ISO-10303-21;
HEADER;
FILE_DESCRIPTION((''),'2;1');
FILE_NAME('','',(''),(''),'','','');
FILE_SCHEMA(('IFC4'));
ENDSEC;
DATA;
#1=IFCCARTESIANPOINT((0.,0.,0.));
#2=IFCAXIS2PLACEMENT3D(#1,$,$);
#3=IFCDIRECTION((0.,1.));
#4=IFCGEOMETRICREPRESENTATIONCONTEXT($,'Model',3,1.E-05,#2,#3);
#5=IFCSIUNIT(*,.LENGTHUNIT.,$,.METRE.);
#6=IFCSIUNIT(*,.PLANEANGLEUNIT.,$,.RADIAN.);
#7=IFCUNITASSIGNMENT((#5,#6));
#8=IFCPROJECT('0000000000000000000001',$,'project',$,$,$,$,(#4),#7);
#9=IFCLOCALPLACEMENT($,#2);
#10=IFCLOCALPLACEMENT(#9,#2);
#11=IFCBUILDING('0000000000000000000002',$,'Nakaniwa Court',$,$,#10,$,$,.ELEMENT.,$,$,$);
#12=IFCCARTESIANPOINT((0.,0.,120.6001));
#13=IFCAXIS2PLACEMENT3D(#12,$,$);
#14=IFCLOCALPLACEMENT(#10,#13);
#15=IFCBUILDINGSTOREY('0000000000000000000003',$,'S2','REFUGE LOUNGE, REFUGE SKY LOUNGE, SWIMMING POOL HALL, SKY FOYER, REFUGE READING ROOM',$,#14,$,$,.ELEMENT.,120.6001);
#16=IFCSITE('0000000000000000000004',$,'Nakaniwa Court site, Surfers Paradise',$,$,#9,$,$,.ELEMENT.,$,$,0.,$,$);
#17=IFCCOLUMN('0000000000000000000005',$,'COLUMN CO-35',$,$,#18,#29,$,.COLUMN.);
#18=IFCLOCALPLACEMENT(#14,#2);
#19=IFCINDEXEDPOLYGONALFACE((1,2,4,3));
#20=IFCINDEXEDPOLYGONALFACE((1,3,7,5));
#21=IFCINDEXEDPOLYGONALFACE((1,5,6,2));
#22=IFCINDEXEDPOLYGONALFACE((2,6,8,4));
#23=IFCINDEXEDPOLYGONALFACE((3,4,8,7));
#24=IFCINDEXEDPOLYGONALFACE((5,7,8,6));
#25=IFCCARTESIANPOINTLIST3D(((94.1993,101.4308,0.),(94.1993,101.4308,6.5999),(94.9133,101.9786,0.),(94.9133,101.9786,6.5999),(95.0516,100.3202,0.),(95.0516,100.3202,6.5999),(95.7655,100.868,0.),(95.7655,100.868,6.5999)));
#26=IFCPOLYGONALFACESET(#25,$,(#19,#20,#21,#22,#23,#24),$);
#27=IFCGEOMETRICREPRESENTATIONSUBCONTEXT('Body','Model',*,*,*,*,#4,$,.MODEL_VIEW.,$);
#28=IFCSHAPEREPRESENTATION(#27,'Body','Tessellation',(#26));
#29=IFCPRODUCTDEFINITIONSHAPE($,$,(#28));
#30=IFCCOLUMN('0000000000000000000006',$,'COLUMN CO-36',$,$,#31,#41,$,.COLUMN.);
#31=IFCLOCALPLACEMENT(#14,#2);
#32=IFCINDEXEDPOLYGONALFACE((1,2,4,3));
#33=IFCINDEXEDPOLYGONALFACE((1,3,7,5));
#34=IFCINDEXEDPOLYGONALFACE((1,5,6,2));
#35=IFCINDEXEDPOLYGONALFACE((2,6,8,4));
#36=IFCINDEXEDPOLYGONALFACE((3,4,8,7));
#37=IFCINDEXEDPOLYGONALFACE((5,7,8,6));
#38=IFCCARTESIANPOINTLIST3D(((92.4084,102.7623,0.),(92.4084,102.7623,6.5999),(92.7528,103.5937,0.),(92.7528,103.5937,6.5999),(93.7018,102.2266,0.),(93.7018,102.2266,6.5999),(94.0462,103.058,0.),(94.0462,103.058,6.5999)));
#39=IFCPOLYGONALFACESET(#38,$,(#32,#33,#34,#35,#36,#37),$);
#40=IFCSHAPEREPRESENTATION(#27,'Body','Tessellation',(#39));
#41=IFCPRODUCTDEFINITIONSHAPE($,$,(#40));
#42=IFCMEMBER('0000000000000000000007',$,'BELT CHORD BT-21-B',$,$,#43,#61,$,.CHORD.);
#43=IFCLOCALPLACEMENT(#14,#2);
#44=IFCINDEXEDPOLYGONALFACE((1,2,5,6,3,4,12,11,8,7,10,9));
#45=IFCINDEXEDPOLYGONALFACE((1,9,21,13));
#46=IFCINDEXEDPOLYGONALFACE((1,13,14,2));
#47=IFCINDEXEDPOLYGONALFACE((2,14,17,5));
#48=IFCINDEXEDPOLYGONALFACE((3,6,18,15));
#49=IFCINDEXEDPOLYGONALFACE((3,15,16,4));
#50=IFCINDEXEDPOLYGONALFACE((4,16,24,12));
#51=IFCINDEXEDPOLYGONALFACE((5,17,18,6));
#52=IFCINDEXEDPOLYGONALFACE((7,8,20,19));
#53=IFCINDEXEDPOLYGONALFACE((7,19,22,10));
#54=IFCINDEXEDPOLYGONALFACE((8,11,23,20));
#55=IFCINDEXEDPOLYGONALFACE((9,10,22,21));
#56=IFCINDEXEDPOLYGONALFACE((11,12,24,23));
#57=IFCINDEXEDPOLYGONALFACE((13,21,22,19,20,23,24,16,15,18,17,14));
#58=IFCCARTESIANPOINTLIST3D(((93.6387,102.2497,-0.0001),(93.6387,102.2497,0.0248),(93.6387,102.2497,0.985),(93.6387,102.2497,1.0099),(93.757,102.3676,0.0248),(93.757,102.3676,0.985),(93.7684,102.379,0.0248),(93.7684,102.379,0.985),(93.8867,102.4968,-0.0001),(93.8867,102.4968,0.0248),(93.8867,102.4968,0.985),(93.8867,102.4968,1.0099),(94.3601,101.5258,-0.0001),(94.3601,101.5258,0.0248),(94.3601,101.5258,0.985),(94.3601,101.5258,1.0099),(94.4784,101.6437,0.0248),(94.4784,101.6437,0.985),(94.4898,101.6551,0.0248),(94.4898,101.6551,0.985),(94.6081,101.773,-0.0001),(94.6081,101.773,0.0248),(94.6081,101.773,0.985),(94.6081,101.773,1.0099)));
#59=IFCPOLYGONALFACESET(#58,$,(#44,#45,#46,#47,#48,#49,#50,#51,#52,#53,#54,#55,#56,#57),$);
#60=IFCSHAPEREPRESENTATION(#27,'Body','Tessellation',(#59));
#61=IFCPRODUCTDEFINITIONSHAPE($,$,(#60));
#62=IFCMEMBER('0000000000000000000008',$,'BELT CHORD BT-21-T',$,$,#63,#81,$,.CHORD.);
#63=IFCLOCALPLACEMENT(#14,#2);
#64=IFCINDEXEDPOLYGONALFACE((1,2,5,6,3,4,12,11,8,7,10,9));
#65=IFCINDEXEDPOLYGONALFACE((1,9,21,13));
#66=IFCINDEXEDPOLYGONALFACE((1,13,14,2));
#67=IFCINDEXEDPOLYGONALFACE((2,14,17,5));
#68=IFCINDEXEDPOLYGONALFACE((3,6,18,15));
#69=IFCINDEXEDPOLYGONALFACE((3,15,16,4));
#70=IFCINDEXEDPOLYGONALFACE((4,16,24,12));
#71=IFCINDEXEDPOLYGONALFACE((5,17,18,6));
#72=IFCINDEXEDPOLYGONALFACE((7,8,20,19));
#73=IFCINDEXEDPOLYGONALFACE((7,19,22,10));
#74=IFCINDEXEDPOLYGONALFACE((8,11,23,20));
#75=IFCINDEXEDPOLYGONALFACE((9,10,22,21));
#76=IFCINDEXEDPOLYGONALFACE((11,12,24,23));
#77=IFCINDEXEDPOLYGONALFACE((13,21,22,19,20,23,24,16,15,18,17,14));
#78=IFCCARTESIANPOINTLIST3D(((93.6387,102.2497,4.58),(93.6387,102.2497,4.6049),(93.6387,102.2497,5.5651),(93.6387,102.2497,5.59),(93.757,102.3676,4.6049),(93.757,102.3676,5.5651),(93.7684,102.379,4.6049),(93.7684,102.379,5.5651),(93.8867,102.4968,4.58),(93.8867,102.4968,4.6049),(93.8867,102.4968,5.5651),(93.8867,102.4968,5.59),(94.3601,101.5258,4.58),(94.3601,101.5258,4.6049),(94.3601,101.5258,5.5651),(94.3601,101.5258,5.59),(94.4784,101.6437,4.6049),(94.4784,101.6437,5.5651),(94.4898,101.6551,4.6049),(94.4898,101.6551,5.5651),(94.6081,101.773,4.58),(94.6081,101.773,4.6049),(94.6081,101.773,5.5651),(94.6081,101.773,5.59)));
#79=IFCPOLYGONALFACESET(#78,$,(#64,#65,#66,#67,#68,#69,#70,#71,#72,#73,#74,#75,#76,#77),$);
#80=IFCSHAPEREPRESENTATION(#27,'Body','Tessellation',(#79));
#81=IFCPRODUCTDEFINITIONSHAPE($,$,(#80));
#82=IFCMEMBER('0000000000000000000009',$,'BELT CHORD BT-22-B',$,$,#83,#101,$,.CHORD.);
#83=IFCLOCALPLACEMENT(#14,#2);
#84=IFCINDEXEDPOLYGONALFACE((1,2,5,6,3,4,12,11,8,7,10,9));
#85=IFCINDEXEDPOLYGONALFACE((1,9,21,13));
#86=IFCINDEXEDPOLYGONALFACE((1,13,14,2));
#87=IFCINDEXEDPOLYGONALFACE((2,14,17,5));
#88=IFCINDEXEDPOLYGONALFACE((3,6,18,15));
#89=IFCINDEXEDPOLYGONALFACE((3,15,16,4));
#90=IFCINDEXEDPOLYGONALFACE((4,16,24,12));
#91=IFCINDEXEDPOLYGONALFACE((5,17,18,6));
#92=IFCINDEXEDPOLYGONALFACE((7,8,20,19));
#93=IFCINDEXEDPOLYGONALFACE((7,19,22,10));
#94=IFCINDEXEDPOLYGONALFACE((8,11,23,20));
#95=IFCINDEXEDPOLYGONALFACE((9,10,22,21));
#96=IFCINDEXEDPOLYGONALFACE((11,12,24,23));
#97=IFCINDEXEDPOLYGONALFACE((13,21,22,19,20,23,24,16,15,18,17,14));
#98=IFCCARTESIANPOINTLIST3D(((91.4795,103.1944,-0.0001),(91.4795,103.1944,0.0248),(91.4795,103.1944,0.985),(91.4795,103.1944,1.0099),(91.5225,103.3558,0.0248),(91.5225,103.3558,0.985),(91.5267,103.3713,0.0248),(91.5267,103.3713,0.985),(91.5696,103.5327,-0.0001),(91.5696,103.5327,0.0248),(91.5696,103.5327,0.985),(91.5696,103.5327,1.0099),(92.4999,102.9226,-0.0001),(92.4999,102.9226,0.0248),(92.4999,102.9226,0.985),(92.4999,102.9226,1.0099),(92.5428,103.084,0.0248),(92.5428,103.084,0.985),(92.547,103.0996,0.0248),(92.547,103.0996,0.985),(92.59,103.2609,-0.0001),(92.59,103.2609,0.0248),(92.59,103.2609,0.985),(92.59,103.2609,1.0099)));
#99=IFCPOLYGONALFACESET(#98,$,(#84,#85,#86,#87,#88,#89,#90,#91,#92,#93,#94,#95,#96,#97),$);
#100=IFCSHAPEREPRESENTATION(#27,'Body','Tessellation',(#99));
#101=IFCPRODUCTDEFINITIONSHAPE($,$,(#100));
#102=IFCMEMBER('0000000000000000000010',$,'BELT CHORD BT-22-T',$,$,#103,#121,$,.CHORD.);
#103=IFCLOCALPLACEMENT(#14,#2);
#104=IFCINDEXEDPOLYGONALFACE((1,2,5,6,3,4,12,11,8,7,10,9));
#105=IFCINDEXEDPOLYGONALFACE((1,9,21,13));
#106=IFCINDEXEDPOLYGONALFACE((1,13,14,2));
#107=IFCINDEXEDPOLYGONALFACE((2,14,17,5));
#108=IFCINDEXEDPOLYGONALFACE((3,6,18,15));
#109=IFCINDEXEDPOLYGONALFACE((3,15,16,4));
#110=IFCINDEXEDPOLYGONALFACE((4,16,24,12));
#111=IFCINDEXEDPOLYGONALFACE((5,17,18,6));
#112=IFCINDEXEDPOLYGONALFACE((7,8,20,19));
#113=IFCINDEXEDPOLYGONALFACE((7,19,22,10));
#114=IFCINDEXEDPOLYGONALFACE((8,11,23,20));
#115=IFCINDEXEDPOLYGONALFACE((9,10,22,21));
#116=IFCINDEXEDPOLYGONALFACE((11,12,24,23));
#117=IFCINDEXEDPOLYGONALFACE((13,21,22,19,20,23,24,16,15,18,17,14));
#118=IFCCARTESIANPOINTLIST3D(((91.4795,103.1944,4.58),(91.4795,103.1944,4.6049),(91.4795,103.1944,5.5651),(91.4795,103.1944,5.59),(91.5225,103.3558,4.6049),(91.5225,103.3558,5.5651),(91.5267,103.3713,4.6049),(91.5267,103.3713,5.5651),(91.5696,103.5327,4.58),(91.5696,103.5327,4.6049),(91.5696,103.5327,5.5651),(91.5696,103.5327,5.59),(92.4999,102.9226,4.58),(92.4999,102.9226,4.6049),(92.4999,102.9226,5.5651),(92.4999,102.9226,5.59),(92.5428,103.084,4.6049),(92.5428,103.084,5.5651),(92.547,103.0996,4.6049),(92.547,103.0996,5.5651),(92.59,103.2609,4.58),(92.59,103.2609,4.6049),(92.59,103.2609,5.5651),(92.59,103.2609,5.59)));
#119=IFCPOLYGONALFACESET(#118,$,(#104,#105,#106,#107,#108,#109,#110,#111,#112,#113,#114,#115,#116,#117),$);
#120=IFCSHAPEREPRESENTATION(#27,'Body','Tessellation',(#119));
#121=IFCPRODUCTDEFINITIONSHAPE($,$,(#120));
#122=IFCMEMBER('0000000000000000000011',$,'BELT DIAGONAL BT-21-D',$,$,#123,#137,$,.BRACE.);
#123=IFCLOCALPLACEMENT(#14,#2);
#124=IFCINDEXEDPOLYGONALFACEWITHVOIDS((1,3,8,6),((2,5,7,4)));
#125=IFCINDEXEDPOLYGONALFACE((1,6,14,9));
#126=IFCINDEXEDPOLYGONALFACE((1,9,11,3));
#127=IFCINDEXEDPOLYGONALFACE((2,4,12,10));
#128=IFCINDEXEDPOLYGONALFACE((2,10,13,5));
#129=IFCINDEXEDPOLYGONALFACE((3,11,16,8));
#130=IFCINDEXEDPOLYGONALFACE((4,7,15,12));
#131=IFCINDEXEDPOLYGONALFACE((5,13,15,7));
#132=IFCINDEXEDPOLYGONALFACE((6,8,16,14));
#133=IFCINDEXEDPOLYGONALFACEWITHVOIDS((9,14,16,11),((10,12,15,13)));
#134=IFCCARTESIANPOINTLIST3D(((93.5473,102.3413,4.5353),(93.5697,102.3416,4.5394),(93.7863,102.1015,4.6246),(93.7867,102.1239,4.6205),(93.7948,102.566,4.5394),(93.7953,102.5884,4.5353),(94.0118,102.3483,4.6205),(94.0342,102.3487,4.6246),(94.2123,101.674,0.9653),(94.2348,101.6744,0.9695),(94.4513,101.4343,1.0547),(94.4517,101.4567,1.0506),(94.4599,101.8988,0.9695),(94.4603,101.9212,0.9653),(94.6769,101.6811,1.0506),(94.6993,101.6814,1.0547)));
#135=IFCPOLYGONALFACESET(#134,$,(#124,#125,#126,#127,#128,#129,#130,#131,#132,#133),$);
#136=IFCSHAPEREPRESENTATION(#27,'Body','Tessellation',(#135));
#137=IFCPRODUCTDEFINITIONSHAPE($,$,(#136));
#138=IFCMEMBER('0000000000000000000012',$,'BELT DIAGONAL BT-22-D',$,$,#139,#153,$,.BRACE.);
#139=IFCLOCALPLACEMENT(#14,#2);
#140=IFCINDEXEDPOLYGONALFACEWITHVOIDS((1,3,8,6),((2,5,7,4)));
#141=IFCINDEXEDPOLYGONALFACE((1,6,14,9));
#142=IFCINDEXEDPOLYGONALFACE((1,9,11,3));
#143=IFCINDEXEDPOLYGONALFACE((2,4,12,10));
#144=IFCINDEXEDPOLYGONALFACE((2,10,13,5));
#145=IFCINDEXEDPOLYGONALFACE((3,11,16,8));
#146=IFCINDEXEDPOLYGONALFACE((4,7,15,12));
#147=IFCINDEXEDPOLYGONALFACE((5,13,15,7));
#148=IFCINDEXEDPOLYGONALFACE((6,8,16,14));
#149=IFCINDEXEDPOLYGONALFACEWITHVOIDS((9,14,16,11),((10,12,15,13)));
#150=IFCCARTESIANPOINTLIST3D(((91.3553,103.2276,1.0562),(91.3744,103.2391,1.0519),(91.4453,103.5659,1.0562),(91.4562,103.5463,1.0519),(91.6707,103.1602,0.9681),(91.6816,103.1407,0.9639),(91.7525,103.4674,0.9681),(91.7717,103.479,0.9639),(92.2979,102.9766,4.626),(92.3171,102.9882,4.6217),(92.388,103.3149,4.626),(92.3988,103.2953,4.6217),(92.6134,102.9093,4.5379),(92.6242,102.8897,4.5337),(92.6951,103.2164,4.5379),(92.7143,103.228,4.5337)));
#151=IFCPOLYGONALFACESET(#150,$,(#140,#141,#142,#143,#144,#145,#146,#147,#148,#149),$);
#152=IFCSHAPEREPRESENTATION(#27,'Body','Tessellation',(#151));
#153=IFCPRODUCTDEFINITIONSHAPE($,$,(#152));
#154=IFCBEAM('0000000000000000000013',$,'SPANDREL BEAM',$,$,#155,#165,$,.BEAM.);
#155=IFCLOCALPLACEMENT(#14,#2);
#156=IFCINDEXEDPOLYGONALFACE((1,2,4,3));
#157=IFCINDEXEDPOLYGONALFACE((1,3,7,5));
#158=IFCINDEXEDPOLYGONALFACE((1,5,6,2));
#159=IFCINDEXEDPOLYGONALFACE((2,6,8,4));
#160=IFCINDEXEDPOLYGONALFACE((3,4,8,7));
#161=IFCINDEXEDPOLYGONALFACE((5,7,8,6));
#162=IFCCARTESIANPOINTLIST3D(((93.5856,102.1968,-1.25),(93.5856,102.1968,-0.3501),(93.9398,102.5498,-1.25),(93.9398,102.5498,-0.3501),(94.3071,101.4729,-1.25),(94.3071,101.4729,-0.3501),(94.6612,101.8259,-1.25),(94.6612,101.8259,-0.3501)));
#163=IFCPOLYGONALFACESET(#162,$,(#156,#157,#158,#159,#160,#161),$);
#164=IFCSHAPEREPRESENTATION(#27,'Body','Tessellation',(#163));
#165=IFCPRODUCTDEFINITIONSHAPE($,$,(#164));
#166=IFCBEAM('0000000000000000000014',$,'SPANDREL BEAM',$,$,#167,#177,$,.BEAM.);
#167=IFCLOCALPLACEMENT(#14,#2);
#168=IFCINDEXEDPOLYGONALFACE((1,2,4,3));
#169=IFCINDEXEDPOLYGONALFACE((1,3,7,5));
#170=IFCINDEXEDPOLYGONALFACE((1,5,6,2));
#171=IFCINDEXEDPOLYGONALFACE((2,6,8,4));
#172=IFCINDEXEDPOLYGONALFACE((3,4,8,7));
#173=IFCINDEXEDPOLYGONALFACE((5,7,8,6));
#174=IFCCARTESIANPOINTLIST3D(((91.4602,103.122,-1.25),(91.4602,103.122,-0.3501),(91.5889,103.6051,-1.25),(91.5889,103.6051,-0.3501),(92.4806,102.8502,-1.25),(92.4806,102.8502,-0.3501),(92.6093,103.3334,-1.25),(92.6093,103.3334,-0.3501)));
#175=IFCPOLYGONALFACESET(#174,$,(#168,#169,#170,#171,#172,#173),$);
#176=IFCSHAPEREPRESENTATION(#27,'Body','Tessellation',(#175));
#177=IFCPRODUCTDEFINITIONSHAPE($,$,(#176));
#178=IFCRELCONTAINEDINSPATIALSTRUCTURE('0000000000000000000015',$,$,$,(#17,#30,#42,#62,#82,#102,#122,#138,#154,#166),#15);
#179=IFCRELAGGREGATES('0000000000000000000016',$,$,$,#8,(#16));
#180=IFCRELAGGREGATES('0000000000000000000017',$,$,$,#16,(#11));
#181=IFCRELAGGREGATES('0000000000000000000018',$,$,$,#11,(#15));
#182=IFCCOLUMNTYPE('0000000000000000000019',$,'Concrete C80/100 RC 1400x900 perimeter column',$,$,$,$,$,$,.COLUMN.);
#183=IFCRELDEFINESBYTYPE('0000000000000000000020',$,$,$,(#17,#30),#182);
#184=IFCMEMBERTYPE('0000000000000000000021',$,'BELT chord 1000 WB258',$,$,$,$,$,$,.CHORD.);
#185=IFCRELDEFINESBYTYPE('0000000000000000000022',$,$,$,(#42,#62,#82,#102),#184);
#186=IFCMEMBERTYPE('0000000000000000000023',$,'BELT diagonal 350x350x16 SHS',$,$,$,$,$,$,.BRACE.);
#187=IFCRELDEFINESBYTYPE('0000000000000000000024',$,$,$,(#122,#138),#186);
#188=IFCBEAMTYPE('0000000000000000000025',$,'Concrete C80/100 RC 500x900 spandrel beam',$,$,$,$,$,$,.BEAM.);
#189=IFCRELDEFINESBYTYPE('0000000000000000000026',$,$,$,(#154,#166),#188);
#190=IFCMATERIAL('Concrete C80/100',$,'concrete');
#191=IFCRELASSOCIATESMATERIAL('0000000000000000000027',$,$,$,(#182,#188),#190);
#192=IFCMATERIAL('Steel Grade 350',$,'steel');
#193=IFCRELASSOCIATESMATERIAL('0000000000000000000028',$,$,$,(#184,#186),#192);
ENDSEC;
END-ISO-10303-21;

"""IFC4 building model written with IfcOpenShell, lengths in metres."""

from ifc_helpers import new_model, si_unit, direction, frame, origin, origin_2d, place, context, subcontext, project, spatial, rectangle, hollow_rectangle, i_section, extrude, material, material_profile, profile_set, type_object, element, save


model = new_model("IFC4")

# Units and contexts
model_context = context("Model", 3, precision=1e-05, world=origin(), true_north=direction((0.0, 1.0)))
body_context = subcontext(model_context, "Body", "Model", "MODEL_VIEW")
ifc_project = project(units=[si_unit("LENGTHUNIT", "METRE"), si_unit("PLANEANGLEUNIT", "RADIAN")], contexts=[model_context])

# Site, building, storey
site_placement = place(None, origin())
site = spatial("IfcSite", under=ifc_project, at=site_placement, Name="Nakaniwa Court site, Surfers Paradise", CompositionType="ELEMENT", RefElevation=0.0)
building_placement = place(site_placement, origin())
building = spatial("IfcBuilding", under=site, at=building_placement, Name="Nakaniwa Court", CompositionType="ELEMENT")
storey_placement = place(building_placement, frame((0.0, 0.0, 120.6001)))
storey = spatial("IfcBuildingStorey", under=building, at=storey_placement, Name="S2", Description="REFUGE LOUNGE, REFUGE SKY LOUNGE, SWIMMING POOL HALL, SKY FOYER, REFUGE READING ROOM", CompositionType="ELEMENT", Elevation=120.6001)

# Columns
ifc_material_1 = material(Name="Concrete C80/100", Category="concrete")
ifc_material_profile_1 = material_profile(ifc_material_1, rectangle(XDim=1.3999, YDim=0.8999, at=origin_2d()), Name="Concrete C80/100 RC 1400x900 perimeter column")
ifc_profile_set_1 = profile_set([ifc_material_profile_1], Name="Concrete C80/100")
column_type = type_object("IfcColumnType", Name="Concrete C80/100 RC 1400x900 perimeter column", PredefinedType="COLUMN", material=ifc_profile_set_1)
for number, where, z_axis, x_axis, name in (
    (1, (94.9824, 101.1494, 0.0), (0.0, 0.0, 1.0), (-0.608761, 0.793353, 0.0), "COLUMN CO-35"),
    (2, (93.2273, 102.9102, 0.0), (0.0, 0.0, 1.0), (-0.92388, 0.382683, 0.0), "COLUMN CO-36"),
):
    element("IfcColumn", number, at=place(storey_placement, frame(where, z_axis=z_axis, x_axis=x_axis)), inside=storey, type_object=column_type, Name=name, PredefinedType="COLUMN", context=body_context, shape_type="SweptSolid", body=[
        extrude(rectangle(XDim=1.3999, YDim=0.8999, at=origin_2d()), origin(), (0.0, 0.0, 1.0), 6.5999),
    ])

# Members
ifc_material_2 = material(Name="Steel Grade 350", Category="steel")
ifc_material_profile_2 = material_profile(ifc_material_2, i_section(OverallWidth=0.3501, OverallDepth=1.01, WebThickness=0.0161, FlangeThickness=0.0249, at=origin_2d()), Name="1000WB258")
ifc_profile_set_2 = profile_set([ifc_material_profile_2], Name="Steel Grade 350")
member_type_1 = type_object("IfcMemberType", Name="BELT chord 1000 WB258", PredefinedType="CHORD", material=ifc_profile_set_2)
for number, where, z_axis, x_axis, name in (
    (3, (94.4841, 101.6494, 0.5049), (-0.705911, 0.7083, 0.0), (-0.7083, -0.705911, 0.0), "BELT CHORD BT-21-B"),
    (4, (94.4841, 101.6494, 5.085), (-0.705911, 0.7083, 0.0), (-0.7083, -0.705911, 0.0), "BELT CHORD BT-21-T"),
):
    element("IfcMember", number, at=place(storey_placement, frame(where, z_axis=z_axis, x_axis=x_axis)), inside=storey, type_object=member_type_1, Name=name, PredefinedType="CHORD", context=body_context, shape_type="SweptSolid", body=[
        extrude(i_section(OverallWidth=0.3501, OverallDepth=1.01, WebThickness=0.0161, FlangeThickness=0.0249, at=origin_2d()), origin(), (0.0, 0.0, 1.0), 1.022),
    ])
for number, where, z_axis, x_axis, name in (
    (5, (92.5449, 103.0918, 0.5049), (-0.966315, 0.25736, 0.0), (-0.25736, -0.966315, 0.0), "BELT CHORD BT-22-B"),
    (6, (92.5449, 103.0918, 5.085), (-0.966315, 0.25736, 0.0), (-0.25736, -0.966315, 0.0), "BELT CHORD BT-22-T"),
):
    element("IfcMember", number, at=place(storey_placement, frame(where, z_axis=z_axis, x_axis=x_axis)), inside=storey, type_object=member_type_1, Name=name, PredefinedType="CHORD", context=body_context, shape_type="SweptSolid", body=[
        extrude(i_section(OverallWidth=0.3501, OverallDepth=1.01, WebThickness=0.0161, FlangeThickness=0.0249, at=origin_2d()), origin(), (0.0, 0.0, 1.0), 1.0559),
    ])
ifc_material_profile_3 = material_profile(ifc_material_2, hollow_rectangle(XDim=0.3501, YDim=0.3501, WallThickness=0.0161, at=origin_2d()), Name="BELT diagonal 350x350x16 SHS")
ifc_profile_set_3 = profile_set([ifc_material_profile_3], Name="Steel Grade 350")
member_type_2 = type_object("IfcMemberType", Name="BELT diagonal 350x350x16 SHS", PredefinedType="BRACE", material=ifc_profile_set_3)
member_1_placement = place(storey_placement, frame((94.4558, 101.6777, 1.01), z_axis=(-0.180128, 0.180723, 0.966899), x_axis=(-0.708272, -0.70594, 0.0)))
element("IfcMember", 7, at=member_1_placement, inside=storey, type_object=member_type_2, Name="BELT DIAGONAL BT-21-D", PredefinedType="BRACE", context=body_context, shape_type="SweptSolid", body=[
    extrude(hollow_rectangle(XDim=0.3501, YDim=0.3501, WallThickness=0.0161, at=origin_2d()), origin(), (0.0, 0.0, 1.0), 3.6921),
])
member_2_placement = place(storey_placement, frame((92.5061, 103.1023, 4.5798), z_axis=(-0.254716, 0.067819, -0.964635), x_axis=(-0.257289, -0.966335, 0.0)))
element("IfcMember", 8, at=member_2_placement, inside=storey, type_object=member_type_2, Name="BELT DIAGONAL BT-22-D", PredefinedType="BRACE", context=body_context, shape_type="SweptSolid", body=[
    extrude(hollow_rectangle(XDim=0.3501, YDim=0.3501, WallThickness=0.0161, at=origin_2d()), origin(), (0.0, 0.0, 1.0), 3.7007),
])

# Beams
ifc_material_profile_4 = material_profile(ifc_material_1, rectangle(XDim=0.5, YDim=0.8999, at=origin_2d()), Name="Concrete C80/100 RC 500x900 spandrel beam")
ifc_profile_set_4 = profile_set([ifc_material_profile_4], Name="Concrete C80/100")
beam_type = type_object("IfcBeamType", Name="Concrete C80/100 RC 500x900 spandrel beam", PredefinedType="BEAM", material=ifc_profile_set_4)
beam_1_placement = place(storey_placement, frame((94.4841, 101.6494, -0.8), z_axis=(-0.705911, 0.7083, 0.0), x_axis=(-0.7083, -0.705911, 0.0)))
element("IfcBeam", 9, at=beam_1_placement, inside=storey, type_object=beam_type, Name="SPANDREL BEAM", PredefinedType="BEAM", context=body_context, shape_type="SweptSolid", body=[
    extrude(rectangle(XDim=0.5, YDim=0.8999, at=origin_2d()), origin(), (0.0, 0.0, 1.0), 1.022),
])
beam_2_placement = place(storey_placement, frame((92.5449, 103.0918, -0.8), z_axis=(-0.966315, 0.25736, 0.0), x_axis=(-0.25736, -0.966315, 0.0)))
element("IfcBeam", 10, at=beam_2_placement, inside=storey, type_object=beam_type, Name="SPANDREL BEAM", PredefinedType="BEAM", context=body_context, shape_type="SweptSolid", body=[
    extrude(rectangle(XDim=0.5, YDim=0.8999, at=origin_2d()), origin(), (0.0, 0.0, 1.0), 1.0559),
])

save(model, "model.ifc")
